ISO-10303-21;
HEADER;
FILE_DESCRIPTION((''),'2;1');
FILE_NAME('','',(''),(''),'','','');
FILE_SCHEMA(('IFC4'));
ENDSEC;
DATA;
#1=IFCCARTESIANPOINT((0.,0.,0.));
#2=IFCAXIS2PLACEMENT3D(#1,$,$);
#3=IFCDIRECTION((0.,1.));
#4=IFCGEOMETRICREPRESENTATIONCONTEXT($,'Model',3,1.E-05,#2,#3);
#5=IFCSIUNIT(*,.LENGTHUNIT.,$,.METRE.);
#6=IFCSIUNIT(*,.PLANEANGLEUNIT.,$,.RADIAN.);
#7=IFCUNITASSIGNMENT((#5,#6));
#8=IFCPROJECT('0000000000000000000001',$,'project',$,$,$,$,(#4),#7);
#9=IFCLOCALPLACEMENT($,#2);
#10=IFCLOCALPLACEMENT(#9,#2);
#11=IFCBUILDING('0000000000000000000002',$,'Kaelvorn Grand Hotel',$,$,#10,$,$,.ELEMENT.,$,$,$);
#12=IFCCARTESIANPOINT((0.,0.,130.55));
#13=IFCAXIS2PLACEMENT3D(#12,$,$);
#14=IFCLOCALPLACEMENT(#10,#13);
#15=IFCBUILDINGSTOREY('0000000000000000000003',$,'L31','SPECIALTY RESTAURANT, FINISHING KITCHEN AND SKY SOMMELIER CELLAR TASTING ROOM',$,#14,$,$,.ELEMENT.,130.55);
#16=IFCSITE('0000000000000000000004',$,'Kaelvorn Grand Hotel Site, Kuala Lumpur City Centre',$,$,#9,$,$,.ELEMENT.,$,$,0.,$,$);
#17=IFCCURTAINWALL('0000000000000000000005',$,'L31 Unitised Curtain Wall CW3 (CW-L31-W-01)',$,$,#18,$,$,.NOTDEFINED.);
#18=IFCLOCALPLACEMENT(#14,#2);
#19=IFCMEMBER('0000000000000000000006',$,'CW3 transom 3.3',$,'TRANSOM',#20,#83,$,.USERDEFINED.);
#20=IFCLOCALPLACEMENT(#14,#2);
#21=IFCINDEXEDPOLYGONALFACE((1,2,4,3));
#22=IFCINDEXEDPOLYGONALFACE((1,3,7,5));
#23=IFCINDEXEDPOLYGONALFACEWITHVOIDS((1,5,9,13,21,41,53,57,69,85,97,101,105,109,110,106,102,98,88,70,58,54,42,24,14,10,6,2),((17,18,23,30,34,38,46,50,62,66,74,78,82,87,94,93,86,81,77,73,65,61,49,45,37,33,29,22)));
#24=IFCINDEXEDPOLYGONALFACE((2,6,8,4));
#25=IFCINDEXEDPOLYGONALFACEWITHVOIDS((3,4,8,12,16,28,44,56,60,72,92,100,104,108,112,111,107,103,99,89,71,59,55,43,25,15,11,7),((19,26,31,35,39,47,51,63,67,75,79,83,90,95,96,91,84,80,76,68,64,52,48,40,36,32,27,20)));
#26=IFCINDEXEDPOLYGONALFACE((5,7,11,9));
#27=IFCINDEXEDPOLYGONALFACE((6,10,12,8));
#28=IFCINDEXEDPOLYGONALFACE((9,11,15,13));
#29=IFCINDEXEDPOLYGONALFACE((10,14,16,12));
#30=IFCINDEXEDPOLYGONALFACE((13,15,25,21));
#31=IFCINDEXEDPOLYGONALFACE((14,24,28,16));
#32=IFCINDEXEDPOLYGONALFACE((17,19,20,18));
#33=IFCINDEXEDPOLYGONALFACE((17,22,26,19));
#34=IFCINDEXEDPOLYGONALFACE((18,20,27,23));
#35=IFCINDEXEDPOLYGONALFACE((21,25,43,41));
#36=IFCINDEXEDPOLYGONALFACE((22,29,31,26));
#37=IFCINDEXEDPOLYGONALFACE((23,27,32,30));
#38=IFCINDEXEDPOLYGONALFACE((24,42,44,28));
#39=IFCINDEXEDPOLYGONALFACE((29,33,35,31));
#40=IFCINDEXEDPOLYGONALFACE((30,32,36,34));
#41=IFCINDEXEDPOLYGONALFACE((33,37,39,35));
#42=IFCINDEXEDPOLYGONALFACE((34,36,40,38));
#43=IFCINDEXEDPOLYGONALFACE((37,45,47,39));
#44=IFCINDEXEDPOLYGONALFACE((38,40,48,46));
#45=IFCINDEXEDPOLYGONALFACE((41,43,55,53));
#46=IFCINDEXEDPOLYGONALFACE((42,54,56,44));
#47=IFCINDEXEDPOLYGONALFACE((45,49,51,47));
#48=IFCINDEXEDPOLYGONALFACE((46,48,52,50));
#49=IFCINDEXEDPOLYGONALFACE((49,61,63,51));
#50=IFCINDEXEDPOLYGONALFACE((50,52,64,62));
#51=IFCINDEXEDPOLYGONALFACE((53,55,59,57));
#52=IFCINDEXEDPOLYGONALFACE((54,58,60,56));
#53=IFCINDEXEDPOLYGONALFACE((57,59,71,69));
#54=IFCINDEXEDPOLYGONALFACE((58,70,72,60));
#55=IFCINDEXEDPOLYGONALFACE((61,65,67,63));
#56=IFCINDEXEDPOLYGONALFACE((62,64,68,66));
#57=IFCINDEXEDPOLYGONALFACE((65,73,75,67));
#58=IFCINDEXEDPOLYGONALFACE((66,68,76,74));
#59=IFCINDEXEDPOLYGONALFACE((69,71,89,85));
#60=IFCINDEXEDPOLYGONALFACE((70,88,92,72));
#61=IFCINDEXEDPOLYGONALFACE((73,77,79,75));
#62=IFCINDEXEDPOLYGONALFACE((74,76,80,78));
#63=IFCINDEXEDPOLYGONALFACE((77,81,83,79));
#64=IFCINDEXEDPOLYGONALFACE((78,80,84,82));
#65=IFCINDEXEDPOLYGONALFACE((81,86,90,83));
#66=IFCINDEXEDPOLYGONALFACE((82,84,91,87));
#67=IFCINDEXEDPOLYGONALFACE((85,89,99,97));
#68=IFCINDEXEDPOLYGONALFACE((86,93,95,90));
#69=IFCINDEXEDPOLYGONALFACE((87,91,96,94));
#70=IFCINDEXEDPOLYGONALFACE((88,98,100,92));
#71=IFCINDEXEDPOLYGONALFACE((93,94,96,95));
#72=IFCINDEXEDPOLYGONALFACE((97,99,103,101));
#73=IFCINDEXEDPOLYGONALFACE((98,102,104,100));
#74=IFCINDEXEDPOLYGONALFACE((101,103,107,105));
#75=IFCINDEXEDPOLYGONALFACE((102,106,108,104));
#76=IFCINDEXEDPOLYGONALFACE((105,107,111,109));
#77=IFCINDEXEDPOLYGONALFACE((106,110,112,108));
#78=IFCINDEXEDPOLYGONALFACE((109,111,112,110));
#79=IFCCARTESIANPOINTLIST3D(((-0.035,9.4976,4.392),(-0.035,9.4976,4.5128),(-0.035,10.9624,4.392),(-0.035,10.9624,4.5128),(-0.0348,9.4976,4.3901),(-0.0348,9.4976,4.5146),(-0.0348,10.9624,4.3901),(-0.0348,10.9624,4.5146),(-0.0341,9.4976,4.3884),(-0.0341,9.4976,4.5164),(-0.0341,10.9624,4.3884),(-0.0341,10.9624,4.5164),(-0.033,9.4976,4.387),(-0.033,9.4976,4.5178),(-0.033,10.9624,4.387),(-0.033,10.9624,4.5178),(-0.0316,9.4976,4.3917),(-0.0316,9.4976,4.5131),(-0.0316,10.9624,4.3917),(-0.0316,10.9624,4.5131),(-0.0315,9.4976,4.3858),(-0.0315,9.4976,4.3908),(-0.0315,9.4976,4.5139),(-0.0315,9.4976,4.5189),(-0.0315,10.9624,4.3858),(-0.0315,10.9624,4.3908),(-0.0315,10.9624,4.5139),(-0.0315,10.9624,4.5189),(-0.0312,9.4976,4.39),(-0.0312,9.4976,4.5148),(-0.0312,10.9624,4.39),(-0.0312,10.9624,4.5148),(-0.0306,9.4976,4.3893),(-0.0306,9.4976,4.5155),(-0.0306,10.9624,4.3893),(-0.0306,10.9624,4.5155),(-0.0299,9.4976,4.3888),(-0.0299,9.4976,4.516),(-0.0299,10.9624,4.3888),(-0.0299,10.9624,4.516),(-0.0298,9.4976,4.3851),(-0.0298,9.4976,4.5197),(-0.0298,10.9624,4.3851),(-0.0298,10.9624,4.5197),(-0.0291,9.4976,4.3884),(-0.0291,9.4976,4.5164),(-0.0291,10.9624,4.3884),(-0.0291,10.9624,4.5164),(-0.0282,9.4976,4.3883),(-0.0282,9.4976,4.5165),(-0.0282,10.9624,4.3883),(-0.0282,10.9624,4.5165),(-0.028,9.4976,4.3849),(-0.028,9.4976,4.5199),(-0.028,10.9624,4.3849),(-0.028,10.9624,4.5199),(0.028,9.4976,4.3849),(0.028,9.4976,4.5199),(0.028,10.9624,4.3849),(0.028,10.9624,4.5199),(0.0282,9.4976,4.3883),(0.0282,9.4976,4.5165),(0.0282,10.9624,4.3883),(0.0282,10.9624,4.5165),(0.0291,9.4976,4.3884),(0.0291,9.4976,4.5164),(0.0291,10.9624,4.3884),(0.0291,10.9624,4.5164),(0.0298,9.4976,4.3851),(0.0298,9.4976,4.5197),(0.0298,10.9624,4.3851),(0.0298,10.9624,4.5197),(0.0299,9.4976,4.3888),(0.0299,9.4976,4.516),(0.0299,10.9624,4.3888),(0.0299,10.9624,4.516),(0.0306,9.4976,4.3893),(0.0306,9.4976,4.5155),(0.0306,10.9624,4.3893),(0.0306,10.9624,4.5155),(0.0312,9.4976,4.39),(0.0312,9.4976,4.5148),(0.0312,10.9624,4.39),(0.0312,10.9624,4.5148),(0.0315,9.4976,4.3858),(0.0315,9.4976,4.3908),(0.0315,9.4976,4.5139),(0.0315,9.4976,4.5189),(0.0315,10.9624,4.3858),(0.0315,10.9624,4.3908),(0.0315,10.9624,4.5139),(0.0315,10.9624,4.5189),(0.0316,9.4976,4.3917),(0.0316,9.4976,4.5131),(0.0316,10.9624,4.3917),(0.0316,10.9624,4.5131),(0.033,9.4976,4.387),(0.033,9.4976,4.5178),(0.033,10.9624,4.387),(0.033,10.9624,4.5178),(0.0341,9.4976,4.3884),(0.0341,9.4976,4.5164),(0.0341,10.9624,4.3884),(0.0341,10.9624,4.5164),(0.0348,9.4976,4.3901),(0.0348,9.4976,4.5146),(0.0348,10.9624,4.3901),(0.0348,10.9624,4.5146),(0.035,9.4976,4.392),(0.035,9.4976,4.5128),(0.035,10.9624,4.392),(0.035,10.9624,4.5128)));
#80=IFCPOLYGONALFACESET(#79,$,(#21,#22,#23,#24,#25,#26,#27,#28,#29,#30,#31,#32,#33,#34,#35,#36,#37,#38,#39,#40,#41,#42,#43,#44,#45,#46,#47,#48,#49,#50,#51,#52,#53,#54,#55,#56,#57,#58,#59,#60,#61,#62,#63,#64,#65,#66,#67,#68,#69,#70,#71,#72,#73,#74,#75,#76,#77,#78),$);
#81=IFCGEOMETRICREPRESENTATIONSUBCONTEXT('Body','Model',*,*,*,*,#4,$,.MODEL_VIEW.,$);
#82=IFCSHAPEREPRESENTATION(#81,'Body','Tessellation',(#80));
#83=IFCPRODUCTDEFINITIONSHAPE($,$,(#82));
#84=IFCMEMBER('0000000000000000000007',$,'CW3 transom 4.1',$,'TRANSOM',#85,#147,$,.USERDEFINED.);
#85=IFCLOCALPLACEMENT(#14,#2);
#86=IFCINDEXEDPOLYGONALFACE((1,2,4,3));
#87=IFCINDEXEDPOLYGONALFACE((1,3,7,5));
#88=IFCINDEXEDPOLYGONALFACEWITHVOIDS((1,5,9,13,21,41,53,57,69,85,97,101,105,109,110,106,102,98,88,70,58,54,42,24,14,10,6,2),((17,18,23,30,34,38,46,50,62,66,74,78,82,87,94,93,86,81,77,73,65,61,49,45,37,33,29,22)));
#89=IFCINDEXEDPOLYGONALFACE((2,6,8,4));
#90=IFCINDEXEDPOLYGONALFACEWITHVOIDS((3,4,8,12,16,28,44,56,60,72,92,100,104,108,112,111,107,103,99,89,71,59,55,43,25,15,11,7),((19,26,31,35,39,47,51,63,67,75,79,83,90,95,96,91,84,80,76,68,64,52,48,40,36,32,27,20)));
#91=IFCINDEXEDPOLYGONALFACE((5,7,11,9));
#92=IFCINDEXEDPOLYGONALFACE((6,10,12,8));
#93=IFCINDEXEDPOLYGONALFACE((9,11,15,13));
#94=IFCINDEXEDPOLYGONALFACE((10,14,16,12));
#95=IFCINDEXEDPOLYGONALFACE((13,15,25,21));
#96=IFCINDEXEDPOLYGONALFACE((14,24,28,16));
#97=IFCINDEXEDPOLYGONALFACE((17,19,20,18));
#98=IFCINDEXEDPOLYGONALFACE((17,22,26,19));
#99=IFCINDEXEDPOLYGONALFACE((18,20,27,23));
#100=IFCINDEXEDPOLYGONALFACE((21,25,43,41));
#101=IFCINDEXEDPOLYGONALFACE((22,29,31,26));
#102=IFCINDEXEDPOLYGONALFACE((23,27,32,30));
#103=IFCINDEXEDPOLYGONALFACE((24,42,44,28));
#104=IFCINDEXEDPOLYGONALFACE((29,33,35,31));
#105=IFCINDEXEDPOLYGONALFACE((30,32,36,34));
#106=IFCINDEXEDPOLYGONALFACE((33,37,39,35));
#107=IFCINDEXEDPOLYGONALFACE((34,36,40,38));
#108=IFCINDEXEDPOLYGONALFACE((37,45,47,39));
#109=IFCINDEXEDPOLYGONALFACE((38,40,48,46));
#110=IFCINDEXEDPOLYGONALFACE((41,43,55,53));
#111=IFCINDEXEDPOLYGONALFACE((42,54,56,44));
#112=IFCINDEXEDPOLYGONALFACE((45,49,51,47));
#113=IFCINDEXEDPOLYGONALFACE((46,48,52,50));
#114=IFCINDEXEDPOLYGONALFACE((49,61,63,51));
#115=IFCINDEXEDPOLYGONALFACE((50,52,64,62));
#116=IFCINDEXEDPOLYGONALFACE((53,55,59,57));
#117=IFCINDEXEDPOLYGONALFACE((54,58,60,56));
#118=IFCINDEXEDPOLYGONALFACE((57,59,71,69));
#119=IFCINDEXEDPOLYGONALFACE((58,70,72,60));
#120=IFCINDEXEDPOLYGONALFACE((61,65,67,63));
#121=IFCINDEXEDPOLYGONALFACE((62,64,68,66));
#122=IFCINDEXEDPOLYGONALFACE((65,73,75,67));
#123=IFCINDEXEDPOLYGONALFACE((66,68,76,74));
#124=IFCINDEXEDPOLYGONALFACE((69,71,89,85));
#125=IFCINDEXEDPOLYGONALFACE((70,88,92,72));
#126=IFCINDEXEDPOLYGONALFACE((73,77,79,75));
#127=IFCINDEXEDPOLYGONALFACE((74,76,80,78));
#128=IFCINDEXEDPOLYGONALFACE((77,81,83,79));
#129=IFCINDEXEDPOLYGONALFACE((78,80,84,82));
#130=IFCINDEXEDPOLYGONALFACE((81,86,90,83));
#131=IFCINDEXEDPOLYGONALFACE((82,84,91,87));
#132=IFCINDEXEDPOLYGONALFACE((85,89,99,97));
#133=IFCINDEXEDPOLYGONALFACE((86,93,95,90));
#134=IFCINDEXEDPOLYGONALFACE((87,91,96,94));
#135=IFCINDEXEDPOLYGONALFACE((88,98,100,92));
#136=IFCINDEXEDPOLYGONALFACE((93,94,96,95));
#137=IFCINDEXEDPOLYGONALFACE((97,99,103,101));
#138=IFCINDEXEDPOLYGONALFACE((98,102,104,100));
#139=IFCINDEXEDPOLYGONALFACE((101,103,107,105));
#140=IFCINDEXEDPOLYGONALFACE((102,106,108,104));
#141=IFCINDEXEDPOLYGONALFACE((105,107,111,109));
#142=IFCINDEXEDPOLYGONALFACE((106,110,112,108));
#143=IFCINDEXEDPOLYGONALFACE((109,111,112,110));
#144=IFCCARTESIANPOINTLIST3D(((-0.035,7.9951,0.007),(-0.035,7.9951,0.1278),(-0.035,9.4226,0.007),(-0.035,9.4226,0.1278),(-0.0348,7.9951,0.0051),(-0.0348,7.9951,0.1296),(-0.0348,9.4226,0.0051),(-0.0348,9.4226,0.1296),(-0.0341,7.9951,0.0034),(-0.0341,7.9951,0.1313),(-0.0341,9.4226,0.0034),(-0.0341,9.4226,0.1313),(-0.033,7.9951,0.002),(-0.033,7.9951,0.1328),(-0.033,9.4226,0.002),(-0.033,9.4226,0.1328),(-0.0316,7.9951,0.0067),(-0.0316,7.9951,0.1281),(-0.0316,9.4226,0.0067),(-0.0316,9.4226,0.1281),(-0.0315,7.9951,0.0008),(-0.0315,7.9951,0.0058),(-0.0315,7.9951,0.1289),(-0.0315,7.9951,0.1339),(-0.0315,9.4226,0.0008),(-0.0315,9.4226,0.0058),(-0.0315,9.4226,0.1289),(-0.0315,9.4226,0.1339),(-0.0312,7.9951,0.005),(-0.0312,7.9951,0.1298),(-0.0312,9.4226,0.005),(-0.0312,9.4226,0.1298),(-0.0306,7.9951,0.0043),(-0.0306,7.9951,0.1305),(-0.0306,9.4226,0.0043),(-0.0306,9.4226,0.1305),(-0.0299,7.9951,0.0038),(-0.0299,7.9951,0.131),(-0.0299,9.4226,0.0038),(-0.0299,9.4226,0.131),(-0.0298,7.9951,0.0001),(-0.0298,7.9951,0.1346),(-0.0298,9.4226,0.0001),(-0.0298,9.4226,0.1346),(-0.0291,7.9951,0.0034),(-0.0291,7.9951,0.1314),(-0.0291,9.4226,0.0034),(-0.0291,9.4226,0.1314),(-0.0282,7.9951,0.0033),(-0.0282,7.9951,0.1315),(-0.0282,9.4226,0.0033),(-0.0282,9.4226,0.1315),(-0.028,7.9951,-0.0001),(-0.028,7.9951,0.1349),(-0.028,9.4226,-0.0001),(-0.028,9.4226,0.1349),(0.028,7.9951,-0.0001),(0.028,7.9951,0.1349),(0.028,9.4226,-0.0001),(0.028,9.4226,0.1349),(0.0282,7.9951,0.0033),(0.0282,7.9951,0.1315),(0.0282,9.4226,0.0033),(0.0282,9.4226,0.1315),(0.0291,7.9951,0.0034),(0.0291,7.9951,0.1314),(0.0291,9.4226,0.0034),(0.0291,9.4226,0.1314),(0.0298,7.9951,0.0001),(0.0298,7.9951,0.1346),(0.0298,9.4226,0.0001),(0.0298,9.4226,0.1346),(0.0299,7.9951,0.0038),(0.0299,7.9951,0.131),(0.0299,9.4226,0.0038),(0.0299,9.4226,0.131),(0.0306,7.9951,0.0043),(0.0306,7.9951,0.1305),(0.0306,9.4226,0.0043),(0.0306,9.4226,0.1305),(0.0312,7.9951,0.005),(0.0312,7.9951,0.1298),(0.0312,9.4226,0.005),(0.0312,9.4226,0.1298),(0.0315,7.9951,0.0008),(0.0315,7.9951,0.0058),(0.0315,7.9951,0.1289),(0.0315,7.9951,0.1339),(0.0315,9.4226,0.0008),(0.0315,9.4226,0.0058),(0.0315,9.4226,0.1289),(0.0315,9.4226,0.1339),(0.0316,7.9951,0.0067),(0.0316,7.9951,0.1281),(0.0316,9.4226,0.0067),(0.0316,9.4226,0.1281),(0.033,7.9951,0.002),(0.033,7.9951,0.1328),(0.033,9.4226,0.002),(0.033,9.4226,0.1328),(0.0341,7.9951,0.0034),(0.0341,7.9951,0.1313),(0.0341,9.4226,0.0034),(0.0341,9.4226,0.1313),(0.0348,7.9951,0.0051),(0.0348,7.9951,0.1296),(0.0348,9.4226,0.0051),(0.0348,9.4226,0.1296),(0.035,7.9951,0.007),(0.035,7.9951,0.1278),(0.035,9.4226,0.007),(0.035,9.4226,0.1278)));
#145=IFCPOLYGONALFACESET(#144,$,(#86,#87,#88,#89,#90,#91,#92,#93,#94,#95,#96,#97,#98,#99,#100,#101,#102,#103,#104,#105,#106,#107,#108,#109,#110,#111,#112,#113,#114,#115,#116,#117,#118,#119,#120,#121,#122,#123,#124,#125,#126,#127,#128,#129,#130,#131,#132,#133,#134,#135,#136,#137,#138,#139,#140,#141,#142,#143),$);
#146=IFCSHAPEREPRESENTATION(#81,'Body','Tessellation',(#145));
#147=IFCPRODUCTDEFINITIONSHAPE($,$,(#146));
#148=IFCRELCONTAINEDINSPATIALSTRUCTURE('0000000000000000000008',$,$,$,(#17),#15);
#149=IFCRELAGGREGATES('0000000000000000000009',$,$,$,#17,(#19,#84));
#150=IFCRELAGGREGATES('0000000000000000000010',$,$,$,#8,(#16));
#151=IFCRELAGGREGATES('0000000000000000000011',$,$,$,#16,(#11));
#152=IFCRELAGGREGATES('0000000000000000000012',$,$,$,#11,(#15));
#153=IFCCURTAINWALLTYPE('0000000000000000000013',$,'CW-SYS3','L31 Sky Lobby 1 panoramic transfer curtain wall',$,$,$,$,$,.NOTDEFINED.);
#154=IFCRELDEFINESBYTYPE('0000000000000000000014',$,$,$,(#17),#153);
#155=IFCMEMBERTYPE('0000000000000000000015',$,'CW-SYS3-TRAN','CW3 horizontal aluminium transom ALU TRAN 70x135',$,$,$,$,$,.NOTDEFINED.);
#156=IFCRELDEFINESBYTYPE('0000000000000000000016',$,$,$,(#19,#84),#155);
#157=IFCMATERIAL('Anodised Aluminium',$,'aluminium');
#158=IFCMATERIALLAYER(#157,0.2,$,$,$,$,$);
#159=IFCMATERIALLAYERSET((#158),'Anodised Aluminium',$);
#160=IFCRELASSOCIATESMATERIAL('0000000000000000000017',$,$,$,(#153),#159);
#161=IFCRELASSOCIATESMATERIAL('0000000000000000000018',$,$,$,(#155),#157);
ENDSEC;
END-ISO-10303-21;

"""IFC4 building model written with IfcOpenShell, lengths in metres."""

from ifc_helpers import new_model, si_unit, direction, frame, origin, origin_2d, place, context, subcontext, project, spatial, hollow_rectangle, extrude, material, layer, layer_set, material_profile, profile_set, type_object, element, aggregate, save


model = new_model("IFC4")

# Units and contexts
model_context = context("Model", 3, precision=1e-05, world=origin(), true_north=direction((0.0, 1.0)))
body_context = subcontext(model_context, "Body", "Model", "MODEL_VIEW")
ifc_project = project(units=[si_unit("LENGTHUNIT", "METRE"), si_unit("PLANEANGLEUNIT", "RADIAN")], contexts=[model_context])

# Site, building, storey
site_placement = place(None, origin())
site = spatial("IfcSite", under=ifc_project, at=site_placement, Name="Kaelvorn Grand Hotel Site, Kuala Lumpur City Centre", CompositionType="ELEMENT", RefElevation=0.0)
building_placement = place(site_placement, origin())
building = spatial("IfcBuilding", under=site, at=building_placement, Name="Kaelvorn Grand Hotel", CompositionType="ELEMENT")
storey_placement = place(building_placement, frame((0.0, 0.0, 130.55)))
storey = spatial("IfcBuildingStorey", under=building, at=storey_placement, Name="L31", Description="SPECIALTY RESTAURANT, FINISHING KITCHEN AND SKY SOMMELIER CELLAR TASTING ROOM", CompositionType="ELEMENT", Elevation=130.55)

# Curtain wall, members
ifc_material_1 = material(Name="Anodised Aluminium", Category="aluminium")
ifc_layer_1 = layer(ifc_material_1, 0.2)
ifc_layer_set_1 = layer_set([ifc_layer_1], Name="Anodised Aluminium")
curtain_wall_type = type_object("IfcCurtainWallType", Name="CW-SYS3", Description="L31 Sky Lobby 1 panoramic transfer curtain wall", PredefinedType="NOTDEFINED", material=ifc_layer_set_1)
curtain_wall_placement = place(storey_placement, origin())
curtain_wall = element("IfcCurtainWall", 1, at=curtain_wall_placement, inside=storey, type_object=curtain_wall_type, Name="L31 Unitised Curtain Wall CW3 (CW-L31-W-01)", PredefinedType="NOTDEFINED")
ifc_material_profile_1 = material_profile(ifc_material_1, hollow_rectangle(XDim=0.0701, YDim=0.135, WallThickness=0.0034, InnerFilletRadius=0.0034, OuterFilletRadius=0.0071, at=origin_2d()), Name="ALU TRAN 70x135")
ifc_profile_set_1 = profile_set([ifc_material_profile_1], Name="Anodised Aluminium")
member_type_1 = type_object("IfcMemberType", Name="CW-SYS3-TRAN", Description="CW3 horizontal aluminium transom ALU TRAN 70x135", PredefinedType="NOTDEFINED", material=ifc_profile_set_1)
member_1_placement = place(storey_placement, frame((0.0, 10.9624, 4.4524), z_axis=(0.0, -1.0, 0.0), x_axis=(1.0, 0.0, 0.0)))
member_1 = element("IfcMember", 2, at=member_1_placement, type_object=member_type_1, Name="CW3 transom 3.3", ObjectType="TRANSOM", PredefinedType="USERDEFINED", context=body_context, shape_type="SweptSolid", body=[
    extrude(hollow_rectangle(XDim=0.0701, YDim=0.135, WallThickness=0.0034, InnerFilletRadius=0.0034, OuterFilletRadius=0.0071, at=origin_2d()), origin(), (0.0, 0.0, 1.0), 1.4648),
])
member_2_placement = place(storey_placement, frame((0.0, 9.4226, 0.0674), z_axis=(0.0, -1.0, 0.0), x_axis=(1.0, 0.0, 0.0)))
member_2 = element("IfcMember", 3, at=member_2_placement, type_object=member_type_1, Name="CW3 transom 4.1", ObjectType="TRANSOM", PredefinedType="USERDEFINED", context=body_context, shape_type="SweptSolid", body=[
    extrude(hollow_rectangle(XDim=0.0701, YDim=0.135, WallThickness=0.0034, InnerFilletRadius=0.0034, OuterFilletRadius=0.0071, at=origin_2d()), origin(), (0.0, 0.0, 1.0), 1.4275),
])
aggregate(curtain_wall, [member_1, member_2])

save(model, "model.ifc")
